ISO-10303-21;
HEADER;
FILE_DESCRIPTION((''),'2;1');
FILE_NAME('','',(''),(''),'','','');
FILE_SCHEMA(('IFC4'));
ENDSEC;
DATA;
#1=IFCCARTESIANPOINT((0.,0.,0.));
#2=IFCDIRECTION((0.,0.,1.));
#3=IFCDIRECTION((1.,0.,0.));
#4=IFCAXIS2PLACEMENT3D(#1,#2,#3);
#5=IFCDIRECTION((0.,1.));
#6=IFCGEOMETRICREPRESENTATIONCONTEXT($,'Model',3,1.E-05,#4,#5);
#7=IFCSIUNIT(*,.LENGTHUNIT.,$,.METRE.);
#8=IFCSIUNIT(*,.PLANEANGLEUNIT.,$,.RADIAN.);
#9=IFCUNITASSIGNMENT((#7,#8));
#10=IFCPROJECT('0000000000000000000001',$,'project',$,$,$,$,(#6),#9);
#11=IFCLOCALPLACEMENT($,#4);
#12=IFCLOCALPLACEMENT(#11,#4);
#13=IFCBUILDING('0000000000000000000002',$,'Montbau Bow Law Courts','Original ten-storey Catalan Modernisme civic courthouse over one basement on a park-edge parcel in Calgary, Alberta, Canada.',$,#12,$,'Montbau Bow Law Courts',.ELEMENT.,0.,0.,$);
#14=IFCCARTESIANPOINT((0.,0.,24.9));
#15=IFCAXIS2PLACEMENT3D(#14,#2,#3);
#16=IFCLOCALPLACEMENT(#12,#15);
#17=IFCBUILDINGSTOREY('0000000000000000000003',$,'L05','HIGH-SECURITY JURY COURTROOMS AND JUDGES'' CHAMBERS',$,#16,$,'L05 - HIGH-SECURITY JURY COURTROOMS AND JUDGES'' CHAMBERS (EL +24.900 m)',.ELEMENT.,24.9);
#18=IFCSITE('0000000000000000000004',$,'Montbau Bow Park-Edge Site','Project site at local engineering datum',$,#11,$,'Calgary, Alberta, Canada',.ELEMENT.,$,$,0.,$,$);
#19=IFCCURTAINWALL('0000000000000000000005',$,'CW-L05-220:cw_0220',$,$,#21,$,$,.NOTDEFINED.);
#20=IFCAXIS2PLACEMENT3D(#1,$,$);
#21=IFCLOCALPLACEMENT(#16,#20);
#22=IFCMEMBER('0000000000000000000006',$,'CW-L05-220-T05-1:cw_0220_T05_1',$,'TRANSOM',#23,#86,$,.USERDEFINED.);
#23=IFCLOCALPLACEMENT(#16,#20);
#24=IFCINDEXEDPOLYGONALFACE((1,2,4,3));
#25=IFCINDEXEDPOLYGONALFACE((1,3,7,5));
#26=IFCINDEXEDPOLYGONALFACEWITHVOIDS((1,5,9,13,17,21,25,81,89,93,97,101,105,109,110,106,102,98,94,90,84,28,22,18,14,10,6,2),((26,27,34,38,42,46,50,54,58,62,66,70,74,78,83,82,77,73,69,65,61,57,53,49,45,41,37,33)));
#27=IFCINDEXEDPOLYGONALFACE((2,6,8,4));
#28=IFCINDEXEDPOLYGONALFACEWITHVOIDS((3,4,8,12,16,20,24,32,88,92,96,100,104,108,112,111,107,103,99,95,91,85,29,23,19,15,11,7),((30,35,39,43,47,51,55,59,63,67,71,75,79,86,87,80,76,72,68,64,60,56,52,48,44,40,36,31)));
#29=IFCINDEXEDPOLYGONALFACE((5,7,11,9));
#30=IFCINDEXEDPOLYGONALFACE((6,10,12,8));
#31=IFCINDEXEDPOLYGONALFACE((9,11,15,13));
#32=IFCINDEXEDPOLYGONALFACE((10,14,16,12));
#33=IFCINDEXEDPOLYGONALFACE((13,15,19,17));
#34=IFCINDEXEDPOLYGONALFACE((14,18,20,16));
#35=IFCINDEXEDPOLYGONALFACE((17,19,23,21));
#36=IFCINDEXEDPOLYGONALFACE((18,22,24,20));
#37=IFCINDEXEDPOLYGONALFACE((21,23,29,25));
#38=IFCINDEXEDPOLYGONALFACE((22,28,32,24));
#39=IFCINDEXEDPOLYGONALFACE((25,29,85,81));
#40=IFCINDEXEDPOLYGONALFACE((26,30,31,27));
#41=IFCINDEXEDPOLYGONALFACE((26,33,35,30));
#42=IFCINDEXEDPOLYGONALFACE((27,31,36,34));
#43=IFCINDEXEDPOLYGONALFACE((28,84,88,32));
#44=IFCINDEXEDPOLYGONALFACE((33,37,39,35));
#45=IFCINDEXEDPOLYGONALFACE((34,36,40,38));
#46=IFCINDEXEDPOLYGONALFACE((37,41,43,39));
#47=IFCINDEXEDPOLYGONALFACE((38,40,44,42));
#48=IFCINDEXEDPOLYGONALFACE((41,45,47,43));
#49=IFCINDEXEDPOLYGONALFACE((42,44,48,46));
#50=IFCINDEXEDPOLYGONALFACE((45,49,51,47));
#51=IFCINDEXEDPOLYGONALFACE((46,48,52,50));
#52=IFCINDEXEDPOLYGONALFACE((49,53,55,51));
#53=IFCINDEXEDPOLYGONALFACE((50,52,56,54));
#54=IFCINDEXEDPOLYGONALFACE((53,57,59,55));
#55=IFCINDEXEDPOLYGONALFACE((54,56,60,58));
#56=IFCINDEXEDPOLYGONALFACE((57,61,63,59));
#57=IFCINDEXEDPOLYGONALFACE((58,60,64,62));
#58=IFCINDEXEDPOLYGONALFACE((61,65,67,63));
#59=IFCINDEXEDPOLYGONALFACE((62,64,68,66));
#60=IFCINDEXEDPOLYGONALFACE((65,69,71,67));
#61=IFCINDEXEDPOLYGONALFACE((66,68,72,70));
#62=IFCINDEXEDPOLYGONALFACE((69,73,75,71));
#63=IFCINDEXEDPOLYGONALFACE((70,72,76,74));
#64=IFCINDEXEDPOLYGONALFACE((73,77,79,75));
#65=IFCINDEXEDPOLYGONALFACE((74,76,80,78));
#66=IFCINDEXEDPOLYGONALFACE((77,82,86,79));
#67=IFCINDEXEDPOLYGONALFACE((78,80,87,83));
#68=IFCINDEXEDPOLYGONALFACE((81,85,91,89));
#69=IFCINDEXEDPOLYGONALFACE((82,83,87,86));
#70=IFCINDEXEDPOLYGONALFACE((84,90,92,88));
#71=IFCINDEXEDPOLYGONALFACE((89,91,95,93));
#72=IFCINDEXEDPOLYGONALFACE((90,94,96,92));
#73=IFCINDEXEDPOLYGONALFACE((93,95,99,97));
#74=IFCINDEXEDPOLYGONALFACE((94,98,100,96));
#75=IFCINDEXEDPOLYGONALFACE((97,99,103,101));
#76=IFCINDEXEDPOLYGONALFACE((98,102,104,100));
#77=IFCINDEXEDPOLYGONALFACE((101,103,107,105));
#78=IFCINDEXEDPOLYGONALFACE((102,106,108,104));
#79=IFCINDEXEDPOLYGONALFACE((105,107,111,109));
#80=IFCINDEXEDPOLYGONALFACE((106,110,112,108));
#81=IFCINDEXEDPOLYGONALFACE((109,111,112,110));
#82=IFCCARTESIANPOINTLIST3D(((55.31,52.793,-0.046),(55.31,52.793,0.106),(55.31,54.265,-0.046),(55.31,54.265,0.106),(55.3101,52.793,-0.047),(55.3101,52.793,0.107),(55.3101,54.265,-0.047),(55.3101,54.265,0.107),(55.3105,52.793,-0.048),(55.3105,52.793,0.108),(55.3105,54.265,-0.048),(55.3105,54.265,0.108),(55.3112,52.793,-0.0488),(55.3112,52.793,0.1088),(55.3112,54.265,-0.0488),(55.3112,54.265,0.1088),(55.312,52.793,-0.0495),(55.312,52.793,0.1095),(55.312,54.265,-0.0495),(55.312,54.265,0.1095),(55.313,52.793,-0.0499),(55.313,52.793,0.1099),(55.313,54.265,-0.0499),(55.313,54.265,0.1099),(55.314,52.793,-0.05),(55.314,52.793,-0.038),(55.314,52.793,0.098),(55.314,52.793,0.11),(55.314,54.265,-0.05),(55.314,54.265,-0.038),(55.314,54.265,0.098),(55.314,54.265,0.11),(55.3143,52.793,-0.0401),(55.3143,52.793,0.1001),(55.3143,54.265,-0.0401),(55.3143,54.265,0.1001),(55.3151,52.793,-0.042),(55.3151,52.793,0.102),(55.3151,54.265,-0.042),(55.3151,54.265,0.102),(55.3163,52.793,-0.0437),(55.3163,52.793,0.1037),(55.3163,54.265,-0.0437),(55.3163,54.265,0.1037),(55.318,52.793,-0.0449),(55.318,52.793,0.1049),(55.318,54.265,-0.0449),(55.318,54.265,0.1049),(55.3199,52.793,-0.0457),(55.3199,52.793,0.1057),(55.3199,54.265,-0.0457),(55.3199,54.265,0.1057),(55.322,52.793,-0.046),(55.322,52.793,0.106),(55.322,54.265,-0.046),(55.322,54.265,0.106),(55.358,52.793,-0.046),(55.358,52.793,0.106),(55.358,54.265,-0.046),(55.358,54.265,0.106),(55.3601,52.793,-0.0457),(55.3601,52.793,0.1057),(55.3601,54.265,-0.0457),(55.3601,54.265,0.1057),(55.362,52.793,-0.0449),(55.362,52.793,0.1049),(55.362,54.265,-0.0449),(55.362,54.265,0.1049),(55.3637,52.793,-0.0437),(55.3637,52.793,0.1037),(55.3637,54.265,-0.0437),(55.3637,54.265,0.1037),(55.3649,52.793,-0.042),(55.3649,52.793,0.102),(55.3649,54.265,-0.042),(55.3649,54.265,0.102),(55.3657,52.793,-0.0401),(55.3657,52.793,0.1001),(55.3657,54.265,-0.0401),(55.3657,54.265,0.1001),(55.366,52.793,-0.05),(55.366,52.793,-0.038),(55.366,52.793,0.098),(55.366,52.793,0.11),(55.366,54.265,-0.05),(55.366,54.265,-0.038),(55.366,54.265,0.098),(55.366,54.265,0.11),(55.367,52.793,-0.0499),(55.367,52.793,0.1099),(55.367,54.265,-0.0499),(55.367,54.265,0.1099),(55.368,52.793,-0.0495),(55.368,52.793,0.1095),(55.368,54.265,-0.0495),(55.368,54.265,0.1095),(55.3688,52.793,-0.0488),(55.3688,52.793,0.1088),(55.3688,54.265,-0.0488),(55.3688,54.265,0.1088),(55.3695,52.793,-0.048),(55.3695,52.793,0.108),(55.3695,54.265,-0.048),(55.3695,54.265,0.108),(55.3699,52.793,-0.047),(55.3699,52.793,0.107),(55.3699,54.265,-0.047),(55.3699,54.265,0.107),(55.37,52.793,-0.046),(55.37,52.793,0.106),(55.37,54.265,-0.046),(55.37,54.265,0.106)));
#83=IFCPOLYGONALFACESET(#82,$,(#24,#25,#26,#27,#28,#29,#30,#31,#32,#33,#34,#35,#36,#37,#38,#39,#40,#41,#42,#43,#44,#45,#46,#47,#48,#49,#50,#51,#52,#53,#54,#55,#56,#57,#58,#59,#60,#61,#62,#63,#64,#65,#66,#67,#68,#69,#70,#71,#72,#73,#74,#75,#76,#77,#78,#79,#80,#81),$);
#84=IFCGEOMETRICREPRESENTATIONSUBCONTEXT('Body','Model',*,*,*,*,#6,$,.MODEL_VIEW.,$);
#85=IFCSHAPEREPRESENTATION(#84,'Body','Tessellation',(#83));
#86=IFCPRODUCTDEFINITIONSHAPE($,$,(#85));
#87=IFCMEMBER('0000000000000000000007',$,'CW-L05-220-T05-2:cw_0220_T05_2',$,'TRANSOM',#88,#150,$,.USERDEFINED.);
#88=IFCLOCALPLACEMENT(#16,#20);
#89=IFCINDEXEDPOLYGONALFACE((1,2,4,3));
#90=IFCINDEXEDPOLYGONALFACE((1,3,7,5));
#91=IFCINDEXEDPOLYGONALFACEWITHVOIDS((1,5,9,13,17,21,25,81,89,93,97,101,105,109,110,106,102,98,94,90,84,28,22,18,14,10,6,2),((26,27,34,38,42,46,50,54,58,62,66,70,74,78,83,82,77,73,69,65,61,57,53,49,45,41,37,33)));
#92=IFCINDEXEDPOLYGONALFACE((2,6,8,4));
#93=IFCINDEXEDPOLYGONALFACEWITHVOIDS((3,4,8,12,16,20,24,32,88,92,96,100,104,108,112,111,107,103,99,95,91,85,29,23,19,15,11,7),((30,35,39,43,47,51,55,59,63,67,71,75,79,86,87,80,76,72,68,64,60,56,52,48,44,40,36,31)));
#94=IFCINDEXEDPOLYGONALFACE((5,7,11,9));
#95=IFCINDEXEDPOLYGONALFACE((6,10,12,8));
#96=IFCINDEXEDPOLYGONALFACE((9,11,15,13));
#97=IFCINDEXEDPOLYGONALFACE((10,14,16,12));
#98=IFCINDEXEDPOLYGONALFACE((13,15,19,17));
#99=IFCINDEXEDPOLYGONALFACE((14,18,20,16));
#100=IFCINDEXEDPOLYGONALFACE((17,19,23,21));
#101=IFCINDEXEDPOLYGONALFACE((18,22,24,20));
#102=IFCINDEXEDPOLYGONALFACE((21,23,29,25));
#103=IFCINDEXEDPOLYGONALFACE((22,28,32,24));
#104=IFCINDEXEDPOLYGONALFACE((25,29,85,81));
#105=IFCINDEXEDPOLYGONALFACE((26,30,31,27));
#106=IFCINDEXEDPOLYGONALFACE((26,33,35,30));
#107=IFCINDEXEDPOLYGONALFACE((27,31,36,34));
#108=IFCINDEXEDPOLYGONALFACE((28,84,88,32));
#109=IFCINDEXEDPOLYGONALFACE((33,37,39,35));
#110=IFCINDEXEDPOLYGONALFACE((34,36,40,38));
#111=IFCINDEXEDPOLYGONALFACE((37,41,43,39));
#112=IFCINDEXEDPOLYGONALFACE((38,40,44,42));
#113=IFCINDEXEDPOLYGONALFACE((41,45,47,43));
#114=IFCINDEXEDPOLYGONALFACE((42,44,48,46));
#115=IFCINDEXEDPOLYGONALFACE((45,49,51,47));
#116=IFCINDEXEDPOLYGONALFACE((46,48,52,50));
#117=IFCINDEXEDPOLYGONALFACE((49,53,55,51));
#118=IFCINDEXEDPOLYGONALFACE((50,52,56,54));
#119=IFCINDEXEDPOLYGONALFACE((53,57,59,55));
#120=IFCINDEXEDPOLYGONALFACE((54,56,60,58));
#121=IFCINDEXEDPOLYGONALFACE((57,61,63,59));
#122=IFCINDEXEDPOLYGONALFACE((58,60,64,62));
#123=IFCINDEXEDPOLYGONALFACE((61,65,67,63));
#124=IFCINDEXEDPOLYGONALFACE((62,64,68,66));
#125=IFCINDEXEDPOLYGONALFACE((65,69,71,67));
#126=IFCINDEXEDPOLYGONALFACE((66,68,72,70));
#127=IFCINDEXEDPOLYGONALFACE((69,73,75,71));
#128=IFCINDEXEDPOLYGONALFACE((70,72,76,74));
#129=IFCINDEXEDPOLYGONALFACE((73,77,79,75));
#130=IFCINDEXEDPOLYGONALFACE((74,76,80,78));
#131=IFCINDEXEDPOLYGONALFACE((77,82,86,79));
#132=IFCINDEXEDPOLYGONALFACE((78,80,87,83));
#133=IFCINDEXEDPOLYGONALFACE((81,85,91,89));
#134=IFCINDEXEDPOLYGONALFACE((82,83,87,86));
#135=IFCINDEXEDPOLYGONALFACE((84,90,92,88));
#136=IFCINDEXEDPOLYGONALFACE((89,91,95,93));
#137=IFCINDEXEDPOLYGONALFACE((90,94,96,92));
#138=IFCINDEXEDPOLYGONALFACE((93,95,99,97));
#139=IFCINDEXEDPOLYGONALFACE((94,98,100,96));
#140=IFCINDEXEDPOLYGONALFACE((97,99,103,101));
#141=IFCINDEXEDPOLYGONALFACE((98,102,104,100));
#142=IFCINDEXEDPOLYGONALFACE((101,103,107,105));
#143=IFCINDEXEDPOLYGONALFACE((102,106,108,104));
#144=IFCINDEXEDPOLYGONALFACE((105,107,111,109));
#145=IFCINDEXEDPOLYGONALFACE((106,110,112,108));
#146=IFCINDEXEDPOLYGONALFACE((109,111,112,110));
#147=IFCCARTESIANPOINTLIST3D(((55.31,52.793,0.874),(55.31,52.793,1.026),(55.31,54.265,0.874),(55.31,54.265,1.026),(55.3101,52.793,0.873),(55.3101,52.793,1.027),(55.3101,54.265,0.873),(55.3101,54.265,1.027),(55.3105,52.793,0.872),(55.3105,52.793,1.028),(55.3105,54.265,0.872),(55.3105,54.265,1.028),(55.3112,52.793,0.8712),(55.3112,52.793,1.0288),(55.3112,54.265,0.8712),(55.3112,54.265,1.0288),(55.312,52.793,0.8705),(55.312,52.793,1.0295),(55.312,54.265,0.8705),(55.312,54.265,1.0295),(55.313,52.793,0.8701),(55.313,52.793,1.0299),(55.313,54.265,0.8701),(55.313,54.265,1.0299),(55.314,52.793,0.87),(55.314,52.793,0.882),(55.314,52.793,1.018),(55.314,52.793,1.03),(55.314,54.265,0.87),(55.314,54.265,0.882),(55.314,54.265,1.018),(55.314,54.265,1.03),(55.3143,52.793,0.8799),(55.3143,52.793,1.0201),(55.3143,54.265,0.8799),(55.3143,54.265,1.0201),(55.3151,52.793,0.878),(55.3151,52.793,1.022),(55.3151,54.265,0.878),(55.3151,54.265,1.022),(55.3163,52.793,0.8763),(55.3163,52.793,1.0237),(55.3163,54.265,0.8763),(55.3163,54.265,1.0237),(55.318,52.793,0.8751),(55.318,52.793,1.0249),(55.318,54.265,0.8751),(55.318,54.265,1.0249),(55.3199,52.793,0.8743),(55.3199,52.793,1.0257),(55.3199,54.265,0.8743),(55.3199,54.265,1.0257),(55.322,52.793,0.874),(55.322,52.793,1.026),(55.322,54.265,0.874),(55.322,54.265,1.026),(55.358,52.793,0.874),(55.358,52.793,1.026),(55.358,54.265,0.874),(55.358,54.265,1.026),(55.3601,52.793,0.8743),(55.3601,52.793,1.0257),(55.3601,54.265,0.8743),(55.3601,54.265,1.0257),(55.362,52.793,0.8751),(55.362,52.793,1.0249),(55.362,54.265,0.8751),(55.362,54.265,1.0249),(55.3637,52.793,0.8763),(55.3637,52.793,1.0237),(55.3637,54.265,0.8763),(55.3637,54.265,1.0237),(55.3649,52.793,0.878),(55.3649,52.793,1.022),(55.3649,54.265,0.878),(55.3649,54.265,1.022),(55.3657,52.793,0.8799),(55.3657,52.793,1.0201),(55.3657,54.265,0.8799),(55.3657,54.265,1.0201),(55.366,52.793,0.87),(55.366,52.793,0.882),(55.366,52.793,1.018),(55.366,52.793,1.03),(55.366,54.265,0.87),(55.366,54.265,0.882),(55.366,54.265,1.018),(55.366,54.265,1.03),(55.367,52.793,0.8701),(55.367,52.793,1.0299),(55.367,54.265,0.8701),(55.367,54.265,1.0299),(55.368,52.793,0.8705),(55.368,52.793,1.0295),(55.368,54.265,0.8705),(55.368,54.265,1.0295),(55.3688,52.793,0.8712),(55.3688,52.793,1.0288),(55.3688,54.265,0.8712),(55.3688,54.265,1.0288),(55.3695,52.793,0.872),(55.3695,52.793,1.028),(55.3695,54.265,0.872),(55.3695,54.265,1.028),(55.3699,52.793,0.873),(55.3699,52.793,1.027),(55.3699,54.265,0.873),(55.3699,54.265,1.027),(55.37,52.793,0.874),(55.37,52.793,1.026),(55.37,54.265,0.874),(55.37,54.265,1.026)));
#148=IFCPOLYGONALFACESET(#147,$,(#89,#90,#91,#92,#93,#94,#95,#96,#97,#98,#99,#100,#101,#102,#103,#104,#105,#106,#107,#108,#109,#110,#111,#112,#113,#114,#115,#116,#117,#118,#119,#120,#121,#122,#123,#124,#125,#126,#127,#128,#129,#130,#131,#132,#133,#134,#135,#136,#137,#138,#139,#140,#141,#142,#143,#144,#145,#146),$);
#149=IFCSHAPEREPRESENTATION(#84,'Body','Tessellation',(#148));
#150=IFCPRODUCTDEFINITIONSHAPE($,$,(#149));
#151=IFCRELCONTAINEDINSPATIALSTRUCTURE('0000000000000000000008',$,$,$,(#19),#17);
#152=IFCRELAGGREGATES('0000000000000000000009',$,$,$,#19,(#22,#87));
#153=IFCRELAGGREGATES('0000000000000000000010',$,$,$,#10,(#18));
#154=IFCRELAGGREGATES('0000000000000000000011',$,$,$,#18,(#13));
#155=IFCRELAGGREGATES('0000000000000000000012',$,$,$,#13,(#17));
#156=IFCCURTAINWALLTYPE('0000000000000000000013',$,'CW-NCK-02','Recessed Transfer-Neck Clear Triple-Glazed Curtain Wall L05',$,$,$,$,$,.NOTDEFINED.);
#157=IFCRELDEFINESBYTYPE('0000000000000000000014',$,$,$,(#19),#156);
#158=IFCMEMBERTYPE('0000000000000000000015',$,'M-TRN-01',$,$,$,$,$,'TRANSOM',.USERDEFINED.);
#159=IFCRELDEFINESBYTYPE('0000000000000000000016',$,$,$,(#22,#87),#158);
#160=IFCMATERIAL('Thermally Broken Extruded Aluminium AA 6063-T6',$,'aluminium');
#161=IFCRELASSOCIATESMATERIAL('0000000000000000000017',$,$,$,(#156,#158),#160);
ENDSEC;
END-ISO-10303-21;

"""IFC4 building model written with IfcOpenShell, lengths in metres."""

from ifc_helpers import new_model, si_unit, direction, frame, origin_with_axes, origin_2d_with_axis, place, context, subcontext, project, spatial, hollow_rectangle, extrude, material, material_profile, profile_set, type_object, element, aggregate, save


model = new_model("IFC4")

# Units and contexts
model_context = context("Model", 3, precision=1e-05, world=origin_with_axes(), true_north=direction((0.0, 1.0)))
body_context = subcontext(model_context, "Body", "Model", "MODEL_VIEW")
ifc_project = project(units=[si_unit("LENGTHUNIT", "METRE"), si_unit("PLANEANGLEUNIT", "RADIAN")], contexts=[model_context])

# Site, building, storey
site_placement = place(None, origin_with_axes())
site = spatial("IfcSite", under=ifc_project, at=site_placement, Name="Montbau Bow Park-Edge Site", Description="Project site at local engineering datum", LongName="Calgary, Alberta, Canada", CompositionType="ELEMENT", RefElevation=0.0)
building_placement = place(site_placement, origin_with_axes())
building = spatial("IfcBuilding", under=site, at=building_placement, Name="Montbau Bow Law Courts", Description="Original ten-storey Catalan Modernisme civic courthouse over one basement on a park-edge parcel in Calgary, Alberta, Canada.", LongName="Montbau Bow Law Courts", CompositionType="ELEMENT", ElevationOfRefHeight=0.0, ElevationOfTerrain=0.0)
storey_placement = place(building_placement, frame((0.0, 0.0, 24.9), z_axis=(0.0, 0.0, 1.0), x_axis=(1.0, 0.0, 0.0)))
storey = spatial("IfcBuildingStorey", under=building, at=storey_placement, Name="L05", Description="HIGH-SECURITY JURY COURTROOMS AND JUDGES' CHAMBERS", LongName="L05 - HIGH-SECURITY JURY COURTROOMS AND JUDGES' CHAMBERS (EL +24.900 m)", CompositionType="ELEMENT", Elevation=24.9)

# Curtain wall
ifc_material_1 = material(Name="Thermally Broken Extruded Aluminium AA 6063-T6", Category="aluminium")
curtain_wall_type = type_object("IfcCurtainWallType", Name="CW-NCK-02", Description="Recessed Transfer-Neck Clear Triple-Glazed Curtain Wall L05", PredefinedType="NOTDEFINED", material=ifc_material_1)
curtain_wall_1_placement = place(None, frame((55.34, 46.468, 24.9), z_axis=(0.0, 0.0, 1.0), x_axis=(1.0, 0.0, 0.0)))
curtain_wall_1 = element("IfcCurtainWall", 1, at=curtain_wall_1_placement, inside=storey, type_object=curtain_wall_type, Name="CW-L05-220:cw_0220", PredefinedType="NOTDEFINED")

# Members
ifc_material_profile_1 = material_profile(ifc_material_1, hollow_rectangle(XDim=0.06, YDim=0.16, WallThickness=0.004, InnerFilletRadius=0.008, OuterFilletRadius=0.004, at=origin_2d_with_axis()), Name="CWT-160X60", Category="Main", Priority=0)
ifc_profile_set_1 = profile_set([ifc_material_profile_1], Name="Thermally Broken Extruded Aluminium AA 6063-T6")
member_type_1 = type_object("IfcMemberType", Name="M-TRN-01", ElementType="TRANSOM", PredefinedType="USERDEFINED", material=ifc_profile_set_1)
member_1_placement = place(None, frame((55.34, 52.793, 24.93), z_axis=(0.0, 1.0, 0.0), x_axis=(-1.0, 0.0, 0.0)))
member_1 = element("IfcMember", 2, at=member_1_placement, type_object=member_type_1, Name="CW-L05-220-T05-1:cw_0220_T05_1", ObjectType="TRANSOM", PredefinedType="USERDEFINED", context=body_context, shape_type="SweptSolid", body=[
    extrude(hollow_rectangle(XDim=0.06, YDim=0.16, WallThickness=0.004, InnerFilletRadius=0.008, OuterFilletRadius=0.004, at=origin_2d_with_axis()), origin_with_axes(), (0.0, 0.0, 1.0), 1.472),
])
member_2_placement = place(None, frame((55.34, 52.793, 25.85), z_axis=(0.0, 1.0, 0.0), x_axis=(-1.0, 0.0, 0.0)))
member_2 = element("IfcMember", 3, at=member_2_placement, type_object=member_type_1, Name="CW-L05-220-T05-2:cw_0220_T05_2", ObjectType="TRANSOM", PredefinedType="USERDEFINED", context=body_context, shape_type="SweptSolid", body=[
    extrude(hollow_rectangle(XDim=0.06, YDim=0.16, WallThickness=0.004, InnerFilletRadius=0.008, OuterFilletRadius=0.004, at=origin_2d_with_axis()), origin_with_axes(), (0.0, 0.0, 1.0), 1.472),
])

aggregate(curtain_wall_1, [member_1, member_2])

save(model, "model.ifc")
